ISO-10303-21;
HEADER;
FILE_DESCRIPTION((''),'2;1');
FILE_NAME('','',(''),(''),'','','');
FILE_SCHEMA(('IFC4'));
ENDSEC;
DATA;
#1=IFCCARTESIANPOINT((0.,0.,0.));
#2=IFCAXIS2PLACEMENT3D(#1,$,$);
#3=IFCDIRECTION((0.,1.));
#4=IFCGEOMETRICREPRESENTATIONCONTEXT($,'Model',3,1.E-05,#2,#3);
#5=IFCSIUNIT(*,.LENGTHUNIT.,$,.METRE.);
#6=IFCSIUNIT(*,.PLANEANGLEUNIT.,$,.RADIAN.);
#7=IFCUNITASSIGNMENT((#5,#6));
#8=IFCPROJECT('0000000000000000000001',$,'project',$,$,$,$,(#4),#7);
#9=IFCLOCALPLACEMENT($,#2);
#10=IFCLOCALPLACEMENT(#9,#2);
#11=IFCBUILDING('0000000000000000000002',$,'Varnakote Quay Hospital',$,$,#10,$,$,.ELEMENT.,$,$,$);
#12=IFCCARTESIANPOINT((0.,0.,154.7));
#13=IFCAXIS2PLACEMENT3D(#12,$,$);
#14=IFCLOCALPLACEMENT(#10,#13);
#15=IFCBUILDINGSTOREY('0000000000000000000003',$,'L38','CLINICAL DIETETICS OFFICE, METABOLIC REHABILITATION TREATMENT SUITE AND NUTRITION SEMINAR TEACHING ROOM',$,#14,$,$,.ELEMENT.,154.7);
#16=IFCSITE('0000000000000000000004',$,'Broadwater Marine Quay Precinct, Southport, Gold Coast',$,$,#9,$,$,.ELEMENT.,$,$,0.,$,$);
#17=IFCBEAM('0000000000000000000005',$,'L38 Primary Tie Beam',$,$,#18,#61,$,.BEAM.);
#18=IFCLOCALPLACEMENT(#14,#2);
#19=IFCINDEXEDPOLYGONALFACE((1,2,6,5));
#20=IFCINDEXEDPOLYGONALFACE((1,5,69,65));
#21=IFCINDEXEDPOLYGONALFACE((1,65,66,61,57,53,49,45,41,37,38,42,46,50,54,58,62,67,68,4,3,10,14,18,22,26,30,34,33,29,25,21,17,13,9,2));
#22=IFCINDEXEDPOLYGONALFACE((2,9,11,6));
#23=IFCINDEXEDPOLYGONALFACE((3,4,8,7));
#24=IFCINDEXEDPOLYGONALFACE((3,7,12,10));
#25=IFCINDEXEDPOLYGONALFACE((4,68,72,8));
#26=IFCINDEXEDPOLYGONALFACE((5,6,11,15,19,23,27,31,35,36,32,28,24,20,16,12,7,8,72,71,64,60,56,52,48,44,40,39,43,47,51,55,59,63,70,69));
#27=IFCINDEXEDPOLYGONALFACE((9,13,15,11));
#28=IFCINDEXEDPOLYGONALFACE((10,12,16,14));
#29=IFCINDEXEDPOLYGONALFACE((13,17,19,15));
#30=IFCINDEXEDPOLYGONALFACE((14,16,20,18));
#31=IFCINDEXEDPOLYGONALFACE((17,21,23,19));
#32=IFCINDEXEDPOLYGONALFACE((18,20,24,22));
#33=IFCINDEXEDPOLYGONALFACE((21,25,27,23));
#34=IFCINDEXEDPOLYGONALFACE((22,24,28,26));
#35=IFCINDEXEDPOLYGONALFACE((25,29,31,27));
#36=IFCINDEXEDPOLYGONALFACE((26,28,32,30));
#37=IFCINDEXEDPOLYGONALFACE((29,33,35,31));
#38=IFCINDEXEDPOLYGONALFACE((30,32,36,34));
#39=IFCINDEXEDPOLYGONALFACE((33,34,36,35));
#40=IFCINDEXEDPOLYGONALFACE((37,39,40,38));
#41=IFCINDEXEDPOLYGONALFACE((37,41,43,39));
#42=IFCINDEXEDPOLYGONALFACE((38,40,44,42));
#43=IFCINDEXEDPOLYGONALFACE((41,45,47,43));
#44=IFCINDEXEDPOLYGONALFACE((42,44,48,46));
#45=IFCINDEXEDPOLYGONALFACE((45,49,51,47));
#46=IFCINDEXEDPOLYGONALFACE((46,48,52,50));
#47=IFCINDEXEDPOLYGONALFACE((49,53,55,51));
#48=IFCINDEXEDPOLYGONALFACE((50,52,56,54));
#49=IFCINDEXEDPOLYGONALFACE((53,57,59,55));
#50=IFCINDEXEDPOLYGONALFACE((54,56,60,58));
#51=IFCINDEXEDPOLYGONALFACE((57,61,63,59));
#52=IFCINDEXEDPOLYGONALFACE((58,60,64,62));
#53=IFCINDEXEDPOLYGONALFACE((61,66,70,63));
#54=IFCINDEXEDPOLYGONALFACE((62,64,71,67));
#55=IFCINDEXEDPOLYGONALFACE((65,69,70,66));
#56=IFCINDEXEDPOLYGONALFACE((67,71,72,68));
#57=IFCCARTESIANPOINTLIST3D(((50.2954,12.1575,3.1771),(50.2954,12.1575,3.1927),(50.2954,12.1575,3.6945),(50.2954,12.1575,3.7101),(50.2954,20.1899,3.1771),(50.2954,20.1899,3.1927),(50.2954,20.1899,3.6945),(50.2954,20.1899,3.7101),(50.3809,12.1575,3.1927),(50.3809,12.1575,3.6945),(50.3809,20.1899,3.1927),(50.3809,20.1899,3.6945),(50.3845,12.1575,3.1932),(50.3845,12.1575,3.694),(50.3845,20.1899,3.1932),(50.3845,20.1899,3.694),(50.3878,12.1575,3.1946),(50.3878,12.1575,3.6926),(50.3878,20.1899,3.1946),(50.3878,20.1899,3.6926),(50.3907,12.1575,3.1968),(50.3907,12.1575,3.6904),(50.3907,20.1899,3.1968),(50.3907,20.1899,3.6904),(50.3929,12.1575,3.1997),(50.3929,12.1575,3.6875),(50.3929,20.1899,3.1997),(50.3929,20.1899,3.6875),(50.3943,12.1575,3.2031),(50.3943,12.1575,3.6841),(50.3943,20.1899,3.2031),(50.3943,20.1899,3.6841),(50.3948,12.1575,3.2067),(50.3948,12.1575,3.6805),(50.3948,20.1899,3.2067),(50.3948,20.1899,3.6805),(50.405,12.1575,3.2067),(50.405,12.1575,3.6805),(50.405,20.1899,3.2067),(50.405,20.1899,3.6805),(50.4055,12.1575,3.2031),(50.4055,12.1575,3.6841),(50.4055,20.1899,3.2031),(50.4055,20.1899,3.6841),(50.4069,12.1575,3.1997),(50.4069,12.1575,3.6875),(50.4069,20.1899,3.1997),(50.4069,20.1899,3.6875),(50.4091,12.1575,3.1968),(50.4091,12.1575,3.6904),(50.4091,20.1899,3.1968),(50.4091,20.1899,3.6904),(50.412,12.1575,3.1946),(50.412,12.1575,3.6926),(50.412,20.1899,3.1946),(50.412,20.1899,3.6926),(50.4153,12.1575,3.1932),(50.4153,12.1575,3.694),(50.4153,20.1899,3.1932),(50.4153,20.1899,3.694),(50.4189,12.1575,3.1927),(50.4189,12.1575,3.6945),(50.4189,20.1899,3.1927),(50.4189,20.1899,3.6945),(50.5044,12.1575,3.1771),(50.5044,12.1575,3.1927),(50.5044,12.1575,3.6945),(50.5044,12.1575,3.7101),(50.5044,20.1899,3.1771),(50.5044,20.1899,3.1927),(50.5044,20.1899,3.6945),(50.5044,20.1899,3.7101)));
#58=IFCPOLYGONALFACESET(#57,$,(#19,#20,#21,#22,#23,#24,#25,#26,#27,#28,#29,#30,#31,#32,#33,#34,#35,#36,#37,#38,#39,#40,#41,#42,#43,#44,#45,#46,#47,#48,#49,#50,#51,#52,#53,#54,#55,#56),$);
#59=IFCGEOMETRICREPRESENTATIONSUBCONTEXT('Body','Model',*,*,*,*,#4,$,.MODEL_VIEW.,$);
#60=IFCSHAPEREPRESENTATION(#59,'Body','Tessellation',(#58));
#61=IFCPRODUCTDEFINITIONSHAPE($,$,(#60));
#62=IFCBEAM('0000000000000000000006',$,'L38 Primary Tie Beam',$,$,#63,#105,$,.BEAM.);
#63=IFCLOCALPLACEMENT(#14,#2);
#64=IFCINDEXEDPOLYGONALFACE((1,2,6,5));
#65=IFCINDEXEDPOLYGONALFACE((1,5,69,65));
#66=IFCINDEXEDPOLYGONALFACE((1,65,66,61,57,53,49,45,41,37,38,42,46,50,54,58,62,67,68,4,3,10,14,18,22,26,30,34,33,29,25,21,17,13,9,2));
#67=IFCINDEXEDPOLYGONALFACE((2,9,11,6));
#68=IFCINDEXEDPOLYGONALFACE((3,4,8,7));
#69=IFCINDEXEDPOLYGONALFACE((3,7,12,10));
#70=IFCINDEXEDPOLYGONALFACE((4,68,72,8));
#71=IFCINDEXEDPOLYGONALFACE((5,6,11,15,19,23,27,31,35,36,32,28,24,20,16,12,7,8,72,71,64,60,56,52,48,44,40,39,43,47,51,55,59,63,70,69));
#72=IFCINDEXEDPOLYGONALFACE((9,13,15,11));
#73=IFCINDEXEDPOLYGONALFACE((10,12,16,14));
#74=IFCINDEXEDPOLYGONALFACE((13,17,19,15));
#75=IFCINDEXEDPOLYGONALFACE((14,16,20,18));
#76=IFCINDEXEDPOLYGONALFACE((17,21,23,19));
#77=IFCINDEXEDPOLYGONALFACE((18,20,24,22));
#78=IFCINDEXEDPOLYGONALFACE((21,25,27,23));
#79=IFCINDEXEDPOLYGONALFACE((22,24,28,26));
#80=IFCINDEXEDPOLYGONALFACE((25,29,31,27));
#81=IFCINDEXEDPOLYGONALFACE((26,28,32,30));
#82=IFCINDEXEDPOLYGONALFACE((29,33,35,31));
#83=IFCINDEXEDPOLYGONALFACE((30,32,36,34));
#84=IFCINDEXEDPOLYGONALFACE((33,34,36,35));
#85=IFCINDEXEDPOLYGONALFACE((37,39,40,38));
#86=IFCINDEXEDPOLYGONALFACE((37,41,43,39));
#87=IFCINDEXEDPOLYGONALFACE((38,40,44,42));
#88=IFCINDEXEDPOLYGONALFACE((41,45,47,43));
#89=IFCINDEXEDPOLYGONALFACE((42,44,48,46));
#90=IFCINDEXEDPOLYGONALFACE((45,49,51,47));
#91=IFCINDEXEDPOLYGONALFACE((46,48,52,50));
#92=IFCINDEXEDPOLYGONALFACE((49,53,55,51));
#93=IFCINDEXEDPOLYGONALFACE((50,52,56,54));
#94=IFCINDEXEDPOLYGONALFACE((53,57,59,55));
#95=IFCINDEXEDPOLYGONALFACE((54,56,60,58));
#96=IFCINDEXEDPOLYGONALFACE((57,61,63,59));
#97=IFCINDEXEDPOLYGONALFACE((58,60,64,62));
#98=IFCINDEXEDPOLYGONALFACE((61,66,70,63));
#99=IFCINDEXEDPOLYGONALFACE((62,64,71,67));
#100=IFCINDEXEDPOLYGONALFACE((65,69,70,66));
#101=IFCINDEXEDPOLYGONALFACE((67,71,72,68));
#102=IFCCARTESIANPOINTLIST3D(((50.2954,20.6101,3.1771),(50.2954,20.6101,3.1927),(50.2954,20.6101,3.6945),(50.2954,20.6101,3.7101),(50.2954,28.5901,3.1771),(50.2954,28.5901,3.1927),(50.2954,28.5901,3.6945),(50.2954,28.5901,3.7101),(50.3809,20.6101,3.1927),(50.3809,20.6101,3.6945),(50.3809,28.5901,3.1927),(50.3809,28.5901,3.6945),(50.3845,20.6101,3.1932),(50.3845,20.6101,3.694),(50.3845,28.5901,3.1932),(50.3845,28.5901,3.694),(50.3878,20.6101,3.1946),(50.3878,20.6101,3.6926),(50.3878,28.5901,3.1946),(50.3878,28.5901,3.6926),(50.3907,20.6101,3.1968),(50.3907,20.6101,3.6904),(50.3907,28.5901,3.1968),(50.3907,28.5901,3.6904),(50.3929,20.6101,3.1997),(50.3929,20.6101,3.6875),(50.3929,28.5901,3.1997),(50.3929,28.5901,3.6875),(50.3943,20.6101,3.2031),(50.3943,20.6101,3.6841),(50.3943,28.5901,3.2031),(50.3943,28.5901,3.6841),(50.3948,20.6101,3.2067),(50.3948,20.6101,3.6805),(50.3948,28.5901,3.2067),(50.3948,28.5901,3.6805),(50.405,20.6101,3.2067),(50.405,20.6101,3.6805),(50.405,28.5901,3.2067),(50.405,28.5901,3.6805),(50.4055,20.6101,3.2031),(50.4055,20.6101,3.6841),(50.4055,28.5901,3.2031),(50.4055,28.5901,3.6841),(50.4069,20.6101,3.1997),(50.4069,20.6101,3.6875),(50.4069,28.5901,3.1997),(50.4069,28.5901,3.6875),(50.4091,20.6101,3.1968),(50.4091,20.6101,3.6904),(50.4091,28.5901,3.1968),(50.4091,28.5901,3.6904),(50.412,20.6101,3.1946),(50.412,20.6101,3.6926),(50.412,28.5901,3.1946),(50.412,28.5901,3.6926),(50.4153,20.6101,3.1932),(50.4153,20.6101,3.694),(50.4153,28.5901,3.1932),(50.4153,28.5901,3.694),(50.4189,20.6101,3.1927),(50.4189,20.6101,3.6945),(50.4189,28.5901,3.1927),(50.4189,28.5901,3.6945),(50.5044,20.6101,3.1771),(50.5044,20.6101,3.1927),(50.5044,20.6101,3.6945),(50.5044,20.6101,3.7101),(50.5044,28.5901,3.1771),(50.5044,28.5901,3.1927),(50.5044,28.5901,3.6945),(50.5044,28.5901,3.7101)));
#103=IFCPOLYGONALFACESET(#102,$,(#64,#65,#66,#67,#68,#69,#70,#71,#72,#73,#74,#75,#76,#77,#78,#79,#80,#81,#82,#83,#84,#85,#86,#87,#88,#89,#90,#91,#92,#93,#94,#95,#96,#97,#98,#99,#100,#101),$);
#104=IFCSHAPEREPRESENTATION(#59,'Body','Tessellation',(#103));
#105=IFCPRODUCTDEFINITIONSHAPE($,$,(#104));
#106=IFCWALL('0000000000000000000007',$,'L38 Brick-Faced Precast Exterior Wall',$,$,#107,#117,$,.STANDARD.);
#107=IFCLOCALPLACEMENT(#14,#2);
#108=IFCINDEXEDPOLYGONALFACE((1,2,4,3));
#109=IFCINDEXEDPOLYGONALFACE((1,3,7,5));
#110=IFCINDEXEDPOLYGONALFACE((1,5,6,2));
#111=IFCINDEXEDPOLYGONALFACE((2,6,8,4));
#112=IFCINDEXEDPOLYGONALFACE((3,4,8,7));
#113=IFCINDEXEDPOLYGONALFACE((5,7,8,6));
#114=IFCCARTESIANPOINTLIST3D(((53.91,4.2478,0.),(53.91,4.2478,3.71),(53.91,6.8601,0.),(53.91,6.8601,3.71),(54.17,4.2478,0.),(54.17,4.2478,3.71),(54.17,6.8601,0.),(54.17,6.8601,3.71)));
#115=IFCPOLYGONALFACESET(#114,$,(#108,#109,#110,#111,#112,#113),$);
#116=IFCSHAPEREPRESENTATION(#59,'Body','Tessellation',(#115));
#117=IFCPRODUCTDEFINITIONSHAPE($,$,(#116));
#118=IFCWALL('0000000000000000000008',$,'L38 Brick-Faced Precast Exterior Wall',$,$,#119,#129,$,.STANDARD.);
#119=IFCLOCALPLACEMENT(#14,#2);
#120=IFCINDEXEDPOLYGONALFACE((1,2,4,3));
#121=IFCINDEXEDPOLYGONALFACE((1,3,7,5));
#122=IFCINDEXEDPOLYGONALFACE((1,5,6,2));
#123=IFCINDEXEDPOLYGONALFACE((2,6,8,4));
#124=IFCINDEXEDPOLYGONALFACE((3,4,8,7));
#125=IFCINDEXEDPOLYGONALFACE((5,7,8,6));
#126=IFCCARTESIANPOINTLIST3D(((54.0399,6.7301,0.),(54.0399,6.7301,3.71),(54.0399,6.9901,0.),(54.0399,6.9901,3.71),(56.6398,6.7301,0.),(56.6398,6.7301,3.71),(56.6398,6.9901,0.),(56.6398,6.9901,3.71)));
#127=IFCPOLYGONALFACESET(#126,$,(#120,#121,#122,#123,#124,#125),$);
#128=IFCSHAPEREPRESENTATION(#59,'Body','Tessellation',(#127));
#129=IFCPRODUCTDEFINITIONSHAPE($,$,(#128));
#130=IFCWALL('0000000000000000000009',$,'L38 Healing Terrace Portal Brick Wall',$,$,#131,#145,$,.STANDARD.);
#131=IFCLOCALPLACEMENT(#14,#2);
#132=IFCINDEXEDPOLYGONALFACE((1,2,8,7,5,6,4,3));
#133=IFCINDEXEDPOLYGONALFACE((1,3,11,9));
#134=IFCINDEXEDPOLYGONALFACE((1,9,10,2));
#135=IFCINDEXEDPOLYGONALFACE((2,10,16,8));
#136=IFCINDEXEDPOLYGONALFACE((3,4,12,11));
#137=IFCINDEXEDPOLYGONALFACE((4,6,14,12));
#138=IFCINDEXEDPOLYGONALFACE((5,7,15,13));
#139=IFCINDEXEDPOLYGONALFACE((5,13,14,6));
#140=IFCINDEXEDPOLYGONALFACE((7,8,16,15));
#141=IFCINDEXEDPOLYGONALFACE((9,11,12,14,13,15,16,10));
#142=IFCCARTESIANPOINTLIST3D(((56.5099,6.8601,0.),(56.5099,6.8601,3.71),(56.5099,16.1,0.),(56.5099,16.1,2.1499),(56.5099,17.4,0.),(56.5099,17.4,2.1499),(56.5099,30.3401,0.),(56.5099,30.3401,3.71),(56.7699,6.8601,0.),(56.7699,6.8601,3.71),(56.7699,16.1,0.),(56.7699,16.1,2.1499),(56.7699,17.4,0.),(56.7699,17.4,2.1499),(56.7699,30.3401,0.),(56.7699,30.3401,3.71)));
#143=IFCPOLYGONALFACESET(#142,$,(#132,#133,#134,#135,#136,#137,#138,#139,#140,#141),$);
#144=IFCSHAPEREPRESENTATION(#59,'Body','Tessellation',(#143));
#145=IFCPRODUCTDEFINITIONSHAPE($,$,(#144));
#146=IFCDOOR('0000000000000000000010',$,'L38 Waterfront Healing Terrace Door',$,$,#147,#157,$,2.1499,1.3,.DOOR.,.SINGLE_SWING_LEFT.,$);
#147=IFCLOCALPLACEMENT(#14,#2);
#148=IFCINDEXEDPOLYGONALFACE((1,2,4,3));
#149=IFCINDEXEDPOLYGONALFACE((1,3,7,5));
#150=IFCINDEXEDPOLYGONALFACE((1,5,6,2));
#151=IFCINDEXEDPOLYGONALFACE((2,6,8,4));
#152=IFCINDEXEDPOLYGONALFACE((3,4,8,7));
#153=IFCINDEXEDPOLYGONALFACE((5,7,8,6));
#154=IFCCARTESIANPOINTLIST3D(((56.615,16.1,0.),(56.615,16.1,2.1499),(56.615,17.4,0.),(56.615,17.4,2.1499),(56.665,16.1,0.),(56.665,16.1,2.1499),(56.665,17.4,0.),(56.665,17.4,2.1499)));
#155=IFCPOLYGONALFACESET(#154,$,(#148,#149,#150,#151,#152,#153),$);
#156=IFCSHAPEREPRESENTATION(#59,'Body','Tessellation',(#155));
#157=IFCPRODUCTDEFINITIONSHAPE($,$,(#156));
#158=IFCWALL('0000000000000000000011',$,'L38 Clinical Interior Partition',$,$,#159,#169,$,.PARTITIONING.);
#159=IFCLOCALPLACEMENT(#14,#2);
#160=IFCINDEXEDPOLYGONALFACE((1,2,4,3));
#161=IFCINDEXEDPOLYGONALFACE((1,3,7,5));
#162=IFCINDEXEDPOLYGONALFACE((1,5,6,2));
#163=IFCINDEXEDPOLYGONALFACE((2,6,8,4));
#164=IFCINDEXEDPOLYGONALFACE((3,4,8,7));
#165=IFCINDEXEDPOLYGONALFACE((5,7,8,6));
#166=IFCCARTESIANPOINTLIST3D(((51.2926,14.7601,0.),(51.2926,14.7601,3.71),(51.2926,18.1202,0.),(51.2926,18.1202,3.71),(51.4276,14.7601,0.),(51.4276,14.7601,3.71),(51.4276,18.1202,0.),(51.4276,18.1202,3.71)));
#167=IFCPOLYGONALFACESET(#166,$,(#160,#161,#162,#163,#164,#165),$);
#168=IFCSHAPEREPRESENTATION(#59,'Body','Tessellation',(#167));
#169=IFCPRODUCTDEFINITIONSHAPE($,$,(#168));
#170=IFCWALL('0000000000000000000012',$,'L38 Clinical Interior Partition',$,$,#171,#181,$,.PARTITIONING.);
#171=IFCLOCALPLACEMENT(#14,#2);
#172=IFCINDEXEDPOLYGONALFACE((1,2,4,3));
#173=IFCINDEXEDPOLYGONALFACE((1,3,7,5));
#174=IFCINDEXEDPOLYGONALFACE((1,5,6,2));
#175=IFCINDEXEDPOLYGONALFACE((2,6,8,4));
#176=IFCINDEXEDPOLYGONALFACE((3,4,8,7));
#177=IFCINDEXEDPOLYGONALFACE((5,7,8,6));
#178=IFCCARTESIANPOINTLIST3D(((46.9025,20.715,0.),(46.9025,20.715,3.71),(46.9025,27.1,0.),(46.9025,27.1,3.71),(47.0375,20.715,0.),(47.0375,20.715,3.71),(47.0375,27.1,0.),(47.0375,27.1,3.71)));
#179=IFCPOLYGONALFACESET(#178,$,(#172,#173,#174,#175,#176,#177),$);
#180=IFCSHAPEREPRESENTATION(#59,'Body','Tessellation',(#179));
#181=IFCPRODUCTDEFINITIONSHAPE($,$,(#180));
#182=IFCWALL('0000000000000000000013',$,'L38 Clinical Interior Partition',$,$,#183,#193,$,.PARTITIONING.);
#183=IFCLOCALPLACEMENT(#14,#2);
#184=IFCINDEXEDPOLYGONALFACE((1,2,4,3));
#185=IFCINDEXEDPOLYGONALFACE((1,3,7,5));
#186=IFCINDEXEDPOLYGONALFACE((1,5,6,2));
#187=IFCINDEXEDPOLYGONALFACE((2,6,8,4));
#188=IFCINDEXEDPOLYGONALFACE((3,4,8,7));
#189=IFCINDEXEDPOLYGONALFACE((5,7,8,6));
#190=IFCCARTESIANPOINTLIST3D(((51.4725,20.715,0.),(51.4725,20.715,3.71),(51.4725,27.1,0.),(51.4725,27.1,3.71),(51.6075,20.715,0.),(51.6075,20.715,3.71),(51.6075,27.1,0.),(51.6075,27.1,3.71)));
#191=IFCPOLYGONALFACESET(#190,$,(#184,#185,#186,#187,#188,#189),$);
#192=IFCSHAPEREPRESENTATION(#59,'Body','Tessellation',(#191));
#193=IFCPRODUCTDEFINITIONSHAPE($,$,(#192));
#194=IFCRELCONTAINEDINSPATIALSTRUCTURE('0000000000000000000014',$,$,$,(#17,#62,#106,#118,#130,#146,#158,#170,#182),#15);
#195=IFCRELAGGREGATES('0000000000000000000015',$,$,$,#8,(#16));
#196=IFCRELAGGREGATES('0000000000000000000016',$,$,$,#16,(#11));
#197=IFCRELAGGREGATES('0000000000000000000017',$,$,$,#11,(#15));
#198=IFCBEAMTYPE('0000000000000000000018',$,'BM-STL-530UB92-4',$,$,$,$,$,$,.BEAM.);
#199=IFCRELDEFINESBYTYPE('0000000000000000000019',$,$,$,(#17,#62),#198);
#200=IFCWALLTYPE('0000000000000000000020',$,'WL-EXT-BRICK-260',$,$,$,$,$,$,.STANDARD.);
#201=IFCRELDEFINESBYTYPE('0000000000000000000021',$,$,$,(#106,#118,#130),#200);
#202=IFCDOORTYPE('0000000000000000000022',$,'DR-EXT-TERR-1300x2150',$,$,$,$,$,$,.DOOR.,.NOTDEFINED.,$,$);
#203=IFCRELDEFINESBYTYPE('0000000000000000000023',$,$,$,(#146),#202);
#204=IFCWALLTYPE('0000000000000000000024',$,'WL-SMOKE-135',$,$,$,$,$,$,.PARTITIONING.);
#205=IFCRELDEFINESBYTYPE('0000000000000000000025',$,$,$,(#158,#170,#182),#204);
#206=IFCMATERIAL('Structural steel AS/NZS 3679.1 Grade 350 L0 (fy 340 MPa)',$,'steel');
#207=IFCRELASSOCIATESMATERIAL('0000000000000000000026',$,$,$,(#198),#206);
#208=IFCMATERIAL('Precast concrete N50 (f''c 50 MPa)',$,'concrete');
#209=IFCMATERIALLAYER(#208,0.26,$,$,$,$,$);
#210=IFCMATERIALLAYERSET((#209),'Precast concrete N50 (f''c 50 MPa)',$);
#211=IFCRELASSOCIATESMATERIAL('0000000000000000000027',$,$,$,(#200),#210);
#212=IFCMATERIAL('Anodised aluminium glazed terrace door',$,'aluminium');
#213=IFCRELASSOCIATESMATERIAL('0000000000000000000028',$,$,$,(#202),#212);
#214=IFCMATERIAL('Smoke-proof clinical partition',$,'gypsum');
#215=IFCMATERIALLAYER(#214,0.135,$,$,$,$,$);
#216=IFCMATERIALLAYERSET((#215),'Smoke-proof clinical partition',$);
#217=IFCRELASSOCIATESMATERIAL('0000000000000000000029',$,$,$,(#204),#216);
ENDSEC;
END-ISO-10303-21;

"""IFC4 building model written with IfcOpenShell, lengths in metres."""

from ifc_helpers import new_model, si_unit, direction, frame, frame_2d, origin, origin_2d, place, context, subcontext, project, spatial, rectangle, i_section, extrude, material, layer, layer_set, material_profile, profile_set, type_object, element, fill, save


model = new_model("IFC4")

# Units and contexts
model_context = context("Model", 3, precision=1e-05, world=origin(), true_north=direction((0.0, 1.0)))
body_context = subcontext(model_context, "Body", "Model", "MODEL_VIEW")
ifc_project = project(units=[si_unit("LENGTHUNIT", "METRE"), si_unit("PLANEANGLEUNIT", "RADIAN")], contexts=[model_context])

# Site, building, storey
site_placement = place(None, origin())
site = spatial("IfcSite", under=ifc_project, at=site_placement, Name="Broadwater Marine Quay Precinct, Southport, Gold Coast", CompositionType="ELEMENT", RefElevation=0.0)
building_placement = place(site_placement, origin())
building = spatial("IfcBuilding", under=site, at=building_placement, Name="Varnakote Quay Hospital", CompositionType="ELEMENT")
storey_placement = place(building_placement, frame((0.0, 0.0, 154.7)))
storey = spatial("IfcBuildingStorey", under=building, at=storey_placement, Name="L38", Description="CLINICAL DIETETICS OFFICE, METABOLIC REHABILITATION TREATMENT SUITE AND NUTRITION SEMINAR TEACHING ROOM", CompositionType="ELEMENT", Elevation=154.7)

# Beams
ifc_material_1 = material(Name="Structural steel AS/NZS 3679.1 Grade 350 L0 (fy 340 MPa)", Category="steel")
ifc_material_profile_1 = material_profile(ifc_material_1, i_section(OverallWidth=0.209, OverallDepth=0.533, WebThickness=0.0103, FlangeThickness=0.0156, FilletRadius=0.0139, at=origin_2d()), Name="530UB92.4")
ifc_profile_set_1 = profile_set([ifc_material_profile_1], Name="Structural steel AS/NZS 3679.1 Grade 350 L0 (fy 340 MPa)")
beam_type = type_object("IfcBeamType", Name="BM-STL-530UB92-4", PredefinedType="BEAM", material=ifc_profile_set_1)
beam_1_placement = place(storey_placement, frame((50.3999, 12.1575, 3.4436), z_axis=(0.0, 1.0, 0.0), x_axis=(-1.0, 0.0, 0.0)))
element("IfcBeam", 1, at=beam_1_placement, inside=storey, type_object=beam_type, Name="L38 Primary Tie Beam", PredefinedType="BEAM", context=body_context, shape_type="SweptSolid", body=[
    extrude(i_section(OverallWidth=0.209, OverallDepth=0.533, WebThickness=0.0103, FlangeThickness=0.0156, FilletRadius=0.0139, at=origin_2d()), origin(), (0.0, 0.0, 1.0), 8.0325),
])
beam_2_placement = place(storey_placement, frame((50.3999, 20.6101, 3.4436), z_axis=(0.0, 1.0, 0.0), x_axis=(-1.0, 0.0, 0.0)))
element("IfcBeam", 2, at=beam_2_placement, inside=storey, type_object=beam_type, Name="L38 Primary Tie Beam", PredefinedType="BEAM", context=body_context, shape_type="SweptSolid", body=[
    extrude(i_section(OverallWidth=0.209, OverallDepth=0.533, WebThickness=0.0103, FlangeThickness=0.0156, FilletRadius=0.0139, at=origin_2d()), origin(), (0.0, 0.0, 1.0), 7.98),
])

# Walls
ifc_material_2 = material(Name="Precast concrete N50 (f'c 50 MPa)", Category="concrete")
ifc_layer_1 = layer(ifc_material_2, 0.26)
ifc_layer_set_1 = layer_set([ifc_layer_1], Name="Precast concrete N50 (f'c 50 MPa)")
wall_type_1 = type_object("IfcWallType", Name="WL-EXT-BRICK-260", PredefinedType="STANDARD", material=ifc_layer_set_1)
wall_1_placement = place(storey_placement, frame((54.04, 4.2478, 0.0), z_axis=(0.0, 0.0, 1.0), x_axis=(0.0, 1.0, 0.0)))
element("IfcWall", 3, at=wall_1_placement, inside=storey, type_object=wall_type_1, Name="L38 Brick-Faced Precast Exterior Wall", PredefinedType="STANDARD", context=body_context, shape_type="SweptSolid", body=[
    extrude(rectangle(XDim=2.6123, YDim=0.26, at=frame_2d((1.3062, 0.0))), origin(), (0.0, 0.0, 1.0), 3.71),
])
wall_2_placement = place(storey_placement, frame((54.04, 6.8601, 0.0), z_axis=(0.0, 0.0, 1.0), x_axis=(1.0, 0.0, 0.0)))
element("IfcWall", 4, at=wall_2_placement, inside=storey, type_object=wall_type_1, Name="L38 Brick-Faced Precast Exterior Wall", PredefinedType="STANDARD", context=body_context, shape_type="SweptSolid", body=[
    extrude(rectangle(XDim=2.5999, YDim=0.26, at=frame_2d((1.2998, 0.0))), origin(), (0.0, 0.0, 1.0), 3.71),
])

# Wall, opening, door
wall_3_placement = place(storey_placement, frame((56.6399, 6.8601, 0.0), z_axis=(0.0, 0.0, 1.0), x_axis=(0.0, 1.0, 0.0)))
wall_3 = element("IfcWall", 5, at=wall_3_placement, inside=storey, type_object=wall_type_1, Name="L38 Healing Terrace Portal Brick Wall", PredefinedType="STANDARD", context=body_context, shape_type="SweptSolid", body=[
    extrude(rectangle(XDim=23.48, YDim=0.26, at=frame_2d((11.74, 0.0))), origin(), (0.0, 0.0, 1.0), 3.71),
])
opening_1_placement = place(wall_3_placement, frame((9.24, 0.0, 0.0)))
opening_1 = element("IfcOpeningElement", 6, at=opening_1_placement, cuts=wall_3, PredefinedType="OPENING", context=body_context, shape_type="SweptSolid", body=[
    extrude(rectangle(XDim=1.3, YDim=2.1499, at=frame_2d((0.6499, 1.075))), frame((0.0, 0.1399, 0.0), z_axis=(0.0, -1.0, 0.0), x_axis=(1.0, 0.0, 0.0)), (0.0, 0.0, 1.0), 0.28),
])
ifc_material_3 = material(Name="Anodised aluminium glazed terrace door", Category="aluminium")
door_type_1 = type_object("IfcDoorType", Name="DR-EXT-TERR-1300x2150", OperationType="NOTDEFINED", PredefinedType="DOOR", material=ifc_material_3)
door_1_placement = place(opening_1_placement, origin())
door_1 = element("IfcDoor", 7, at=door_1_placement, inside=storey, type_object=door_type_1, Name="L38 Waterfront Healing Terrace Door", OperationType="SINGLE_SWING_LEFT", OverallHeight=2.1499, OverallWidth=1.3, PredefinedType="DOOR", context=body_context, shape_type="SweptSolid", body=[
    extrude(rectangle(XDim=1.3, YDim=2.1499, at=frame_2d((0.6499, 1.075))), frame((0.0, 0.0249, 0.0), z_axis=(0.0, -1.0, 0.0), x_axis=(1.0, 0.0, 0.0)), (0.0, 0.0, 1.0), 0.05),
])
fill(opening_1, door_1)

# Walls
ifc_material_4 = material(Name="Smoke-proof clinical partition", Category="gypsum")
ifc_layer_2 = layer(ifc_material_4, 0.135)
ifc_layer_set_2 = layer_set([ifc_layer_2], Name="Smoke-proof clinical partition")
wall_type_2 = type_object("IfcWallType", Name="WL-SMOKE-135", PredefinedType="PARTITIONING", material=ifc_layer_set_2)
wall_4_placement = place(storey_placement, frame((51.3601, 14.76, 0.0), z_axis=(0.0, 0.0, 1.0), x_axis=(0.0, 1.0, 0.0)))
element("IfcWall", 8, at=wall_4_placement, inside=storey, type_object=wall_type_2, Name="L38 Clinical Interior Partition", PredefinedType="PARTITIONING", context=body_context, shape_type="SweptSolid", body=[
    extrude(rectangle(XDim=3.3601, YDim=0.135, at=frame_2d((1.6802, 0.0))), origin(), (0.0, 0.0, 1.0), 3.71),
])
for number, where, z_axis, x_axis, name in (
    (9, (46.97, 20.7151, 0.0), (0.0, 0.0, 1.0), (0.0, 1.0, 0.0), "L38 Clinical Interior Partition"),
    (10, (51.54, 20.7151, 0.0), (0.0, 0.0, 1.0), (0.0, 1.0, 0.0), "L38 Clinical Interior Partition"),
):
    element("IfcWall", number, at=place(storey_placement, frame(where, z_axis=z_axis, x_axis=x_axis)), inside=storey, type_object=wall_type_2, Name=name, PredefinedType="PARTITIONING", context=body_context, shape_type="SweptSolid", body=[
        extrude(rectangle(XDim=6.385, YDim=0.135, at=frame_2d((3.1924, 0.0))), origin(), (0.0, 0.0, 1.0), 3.71),
    ])

save(model, "model.ifc")
